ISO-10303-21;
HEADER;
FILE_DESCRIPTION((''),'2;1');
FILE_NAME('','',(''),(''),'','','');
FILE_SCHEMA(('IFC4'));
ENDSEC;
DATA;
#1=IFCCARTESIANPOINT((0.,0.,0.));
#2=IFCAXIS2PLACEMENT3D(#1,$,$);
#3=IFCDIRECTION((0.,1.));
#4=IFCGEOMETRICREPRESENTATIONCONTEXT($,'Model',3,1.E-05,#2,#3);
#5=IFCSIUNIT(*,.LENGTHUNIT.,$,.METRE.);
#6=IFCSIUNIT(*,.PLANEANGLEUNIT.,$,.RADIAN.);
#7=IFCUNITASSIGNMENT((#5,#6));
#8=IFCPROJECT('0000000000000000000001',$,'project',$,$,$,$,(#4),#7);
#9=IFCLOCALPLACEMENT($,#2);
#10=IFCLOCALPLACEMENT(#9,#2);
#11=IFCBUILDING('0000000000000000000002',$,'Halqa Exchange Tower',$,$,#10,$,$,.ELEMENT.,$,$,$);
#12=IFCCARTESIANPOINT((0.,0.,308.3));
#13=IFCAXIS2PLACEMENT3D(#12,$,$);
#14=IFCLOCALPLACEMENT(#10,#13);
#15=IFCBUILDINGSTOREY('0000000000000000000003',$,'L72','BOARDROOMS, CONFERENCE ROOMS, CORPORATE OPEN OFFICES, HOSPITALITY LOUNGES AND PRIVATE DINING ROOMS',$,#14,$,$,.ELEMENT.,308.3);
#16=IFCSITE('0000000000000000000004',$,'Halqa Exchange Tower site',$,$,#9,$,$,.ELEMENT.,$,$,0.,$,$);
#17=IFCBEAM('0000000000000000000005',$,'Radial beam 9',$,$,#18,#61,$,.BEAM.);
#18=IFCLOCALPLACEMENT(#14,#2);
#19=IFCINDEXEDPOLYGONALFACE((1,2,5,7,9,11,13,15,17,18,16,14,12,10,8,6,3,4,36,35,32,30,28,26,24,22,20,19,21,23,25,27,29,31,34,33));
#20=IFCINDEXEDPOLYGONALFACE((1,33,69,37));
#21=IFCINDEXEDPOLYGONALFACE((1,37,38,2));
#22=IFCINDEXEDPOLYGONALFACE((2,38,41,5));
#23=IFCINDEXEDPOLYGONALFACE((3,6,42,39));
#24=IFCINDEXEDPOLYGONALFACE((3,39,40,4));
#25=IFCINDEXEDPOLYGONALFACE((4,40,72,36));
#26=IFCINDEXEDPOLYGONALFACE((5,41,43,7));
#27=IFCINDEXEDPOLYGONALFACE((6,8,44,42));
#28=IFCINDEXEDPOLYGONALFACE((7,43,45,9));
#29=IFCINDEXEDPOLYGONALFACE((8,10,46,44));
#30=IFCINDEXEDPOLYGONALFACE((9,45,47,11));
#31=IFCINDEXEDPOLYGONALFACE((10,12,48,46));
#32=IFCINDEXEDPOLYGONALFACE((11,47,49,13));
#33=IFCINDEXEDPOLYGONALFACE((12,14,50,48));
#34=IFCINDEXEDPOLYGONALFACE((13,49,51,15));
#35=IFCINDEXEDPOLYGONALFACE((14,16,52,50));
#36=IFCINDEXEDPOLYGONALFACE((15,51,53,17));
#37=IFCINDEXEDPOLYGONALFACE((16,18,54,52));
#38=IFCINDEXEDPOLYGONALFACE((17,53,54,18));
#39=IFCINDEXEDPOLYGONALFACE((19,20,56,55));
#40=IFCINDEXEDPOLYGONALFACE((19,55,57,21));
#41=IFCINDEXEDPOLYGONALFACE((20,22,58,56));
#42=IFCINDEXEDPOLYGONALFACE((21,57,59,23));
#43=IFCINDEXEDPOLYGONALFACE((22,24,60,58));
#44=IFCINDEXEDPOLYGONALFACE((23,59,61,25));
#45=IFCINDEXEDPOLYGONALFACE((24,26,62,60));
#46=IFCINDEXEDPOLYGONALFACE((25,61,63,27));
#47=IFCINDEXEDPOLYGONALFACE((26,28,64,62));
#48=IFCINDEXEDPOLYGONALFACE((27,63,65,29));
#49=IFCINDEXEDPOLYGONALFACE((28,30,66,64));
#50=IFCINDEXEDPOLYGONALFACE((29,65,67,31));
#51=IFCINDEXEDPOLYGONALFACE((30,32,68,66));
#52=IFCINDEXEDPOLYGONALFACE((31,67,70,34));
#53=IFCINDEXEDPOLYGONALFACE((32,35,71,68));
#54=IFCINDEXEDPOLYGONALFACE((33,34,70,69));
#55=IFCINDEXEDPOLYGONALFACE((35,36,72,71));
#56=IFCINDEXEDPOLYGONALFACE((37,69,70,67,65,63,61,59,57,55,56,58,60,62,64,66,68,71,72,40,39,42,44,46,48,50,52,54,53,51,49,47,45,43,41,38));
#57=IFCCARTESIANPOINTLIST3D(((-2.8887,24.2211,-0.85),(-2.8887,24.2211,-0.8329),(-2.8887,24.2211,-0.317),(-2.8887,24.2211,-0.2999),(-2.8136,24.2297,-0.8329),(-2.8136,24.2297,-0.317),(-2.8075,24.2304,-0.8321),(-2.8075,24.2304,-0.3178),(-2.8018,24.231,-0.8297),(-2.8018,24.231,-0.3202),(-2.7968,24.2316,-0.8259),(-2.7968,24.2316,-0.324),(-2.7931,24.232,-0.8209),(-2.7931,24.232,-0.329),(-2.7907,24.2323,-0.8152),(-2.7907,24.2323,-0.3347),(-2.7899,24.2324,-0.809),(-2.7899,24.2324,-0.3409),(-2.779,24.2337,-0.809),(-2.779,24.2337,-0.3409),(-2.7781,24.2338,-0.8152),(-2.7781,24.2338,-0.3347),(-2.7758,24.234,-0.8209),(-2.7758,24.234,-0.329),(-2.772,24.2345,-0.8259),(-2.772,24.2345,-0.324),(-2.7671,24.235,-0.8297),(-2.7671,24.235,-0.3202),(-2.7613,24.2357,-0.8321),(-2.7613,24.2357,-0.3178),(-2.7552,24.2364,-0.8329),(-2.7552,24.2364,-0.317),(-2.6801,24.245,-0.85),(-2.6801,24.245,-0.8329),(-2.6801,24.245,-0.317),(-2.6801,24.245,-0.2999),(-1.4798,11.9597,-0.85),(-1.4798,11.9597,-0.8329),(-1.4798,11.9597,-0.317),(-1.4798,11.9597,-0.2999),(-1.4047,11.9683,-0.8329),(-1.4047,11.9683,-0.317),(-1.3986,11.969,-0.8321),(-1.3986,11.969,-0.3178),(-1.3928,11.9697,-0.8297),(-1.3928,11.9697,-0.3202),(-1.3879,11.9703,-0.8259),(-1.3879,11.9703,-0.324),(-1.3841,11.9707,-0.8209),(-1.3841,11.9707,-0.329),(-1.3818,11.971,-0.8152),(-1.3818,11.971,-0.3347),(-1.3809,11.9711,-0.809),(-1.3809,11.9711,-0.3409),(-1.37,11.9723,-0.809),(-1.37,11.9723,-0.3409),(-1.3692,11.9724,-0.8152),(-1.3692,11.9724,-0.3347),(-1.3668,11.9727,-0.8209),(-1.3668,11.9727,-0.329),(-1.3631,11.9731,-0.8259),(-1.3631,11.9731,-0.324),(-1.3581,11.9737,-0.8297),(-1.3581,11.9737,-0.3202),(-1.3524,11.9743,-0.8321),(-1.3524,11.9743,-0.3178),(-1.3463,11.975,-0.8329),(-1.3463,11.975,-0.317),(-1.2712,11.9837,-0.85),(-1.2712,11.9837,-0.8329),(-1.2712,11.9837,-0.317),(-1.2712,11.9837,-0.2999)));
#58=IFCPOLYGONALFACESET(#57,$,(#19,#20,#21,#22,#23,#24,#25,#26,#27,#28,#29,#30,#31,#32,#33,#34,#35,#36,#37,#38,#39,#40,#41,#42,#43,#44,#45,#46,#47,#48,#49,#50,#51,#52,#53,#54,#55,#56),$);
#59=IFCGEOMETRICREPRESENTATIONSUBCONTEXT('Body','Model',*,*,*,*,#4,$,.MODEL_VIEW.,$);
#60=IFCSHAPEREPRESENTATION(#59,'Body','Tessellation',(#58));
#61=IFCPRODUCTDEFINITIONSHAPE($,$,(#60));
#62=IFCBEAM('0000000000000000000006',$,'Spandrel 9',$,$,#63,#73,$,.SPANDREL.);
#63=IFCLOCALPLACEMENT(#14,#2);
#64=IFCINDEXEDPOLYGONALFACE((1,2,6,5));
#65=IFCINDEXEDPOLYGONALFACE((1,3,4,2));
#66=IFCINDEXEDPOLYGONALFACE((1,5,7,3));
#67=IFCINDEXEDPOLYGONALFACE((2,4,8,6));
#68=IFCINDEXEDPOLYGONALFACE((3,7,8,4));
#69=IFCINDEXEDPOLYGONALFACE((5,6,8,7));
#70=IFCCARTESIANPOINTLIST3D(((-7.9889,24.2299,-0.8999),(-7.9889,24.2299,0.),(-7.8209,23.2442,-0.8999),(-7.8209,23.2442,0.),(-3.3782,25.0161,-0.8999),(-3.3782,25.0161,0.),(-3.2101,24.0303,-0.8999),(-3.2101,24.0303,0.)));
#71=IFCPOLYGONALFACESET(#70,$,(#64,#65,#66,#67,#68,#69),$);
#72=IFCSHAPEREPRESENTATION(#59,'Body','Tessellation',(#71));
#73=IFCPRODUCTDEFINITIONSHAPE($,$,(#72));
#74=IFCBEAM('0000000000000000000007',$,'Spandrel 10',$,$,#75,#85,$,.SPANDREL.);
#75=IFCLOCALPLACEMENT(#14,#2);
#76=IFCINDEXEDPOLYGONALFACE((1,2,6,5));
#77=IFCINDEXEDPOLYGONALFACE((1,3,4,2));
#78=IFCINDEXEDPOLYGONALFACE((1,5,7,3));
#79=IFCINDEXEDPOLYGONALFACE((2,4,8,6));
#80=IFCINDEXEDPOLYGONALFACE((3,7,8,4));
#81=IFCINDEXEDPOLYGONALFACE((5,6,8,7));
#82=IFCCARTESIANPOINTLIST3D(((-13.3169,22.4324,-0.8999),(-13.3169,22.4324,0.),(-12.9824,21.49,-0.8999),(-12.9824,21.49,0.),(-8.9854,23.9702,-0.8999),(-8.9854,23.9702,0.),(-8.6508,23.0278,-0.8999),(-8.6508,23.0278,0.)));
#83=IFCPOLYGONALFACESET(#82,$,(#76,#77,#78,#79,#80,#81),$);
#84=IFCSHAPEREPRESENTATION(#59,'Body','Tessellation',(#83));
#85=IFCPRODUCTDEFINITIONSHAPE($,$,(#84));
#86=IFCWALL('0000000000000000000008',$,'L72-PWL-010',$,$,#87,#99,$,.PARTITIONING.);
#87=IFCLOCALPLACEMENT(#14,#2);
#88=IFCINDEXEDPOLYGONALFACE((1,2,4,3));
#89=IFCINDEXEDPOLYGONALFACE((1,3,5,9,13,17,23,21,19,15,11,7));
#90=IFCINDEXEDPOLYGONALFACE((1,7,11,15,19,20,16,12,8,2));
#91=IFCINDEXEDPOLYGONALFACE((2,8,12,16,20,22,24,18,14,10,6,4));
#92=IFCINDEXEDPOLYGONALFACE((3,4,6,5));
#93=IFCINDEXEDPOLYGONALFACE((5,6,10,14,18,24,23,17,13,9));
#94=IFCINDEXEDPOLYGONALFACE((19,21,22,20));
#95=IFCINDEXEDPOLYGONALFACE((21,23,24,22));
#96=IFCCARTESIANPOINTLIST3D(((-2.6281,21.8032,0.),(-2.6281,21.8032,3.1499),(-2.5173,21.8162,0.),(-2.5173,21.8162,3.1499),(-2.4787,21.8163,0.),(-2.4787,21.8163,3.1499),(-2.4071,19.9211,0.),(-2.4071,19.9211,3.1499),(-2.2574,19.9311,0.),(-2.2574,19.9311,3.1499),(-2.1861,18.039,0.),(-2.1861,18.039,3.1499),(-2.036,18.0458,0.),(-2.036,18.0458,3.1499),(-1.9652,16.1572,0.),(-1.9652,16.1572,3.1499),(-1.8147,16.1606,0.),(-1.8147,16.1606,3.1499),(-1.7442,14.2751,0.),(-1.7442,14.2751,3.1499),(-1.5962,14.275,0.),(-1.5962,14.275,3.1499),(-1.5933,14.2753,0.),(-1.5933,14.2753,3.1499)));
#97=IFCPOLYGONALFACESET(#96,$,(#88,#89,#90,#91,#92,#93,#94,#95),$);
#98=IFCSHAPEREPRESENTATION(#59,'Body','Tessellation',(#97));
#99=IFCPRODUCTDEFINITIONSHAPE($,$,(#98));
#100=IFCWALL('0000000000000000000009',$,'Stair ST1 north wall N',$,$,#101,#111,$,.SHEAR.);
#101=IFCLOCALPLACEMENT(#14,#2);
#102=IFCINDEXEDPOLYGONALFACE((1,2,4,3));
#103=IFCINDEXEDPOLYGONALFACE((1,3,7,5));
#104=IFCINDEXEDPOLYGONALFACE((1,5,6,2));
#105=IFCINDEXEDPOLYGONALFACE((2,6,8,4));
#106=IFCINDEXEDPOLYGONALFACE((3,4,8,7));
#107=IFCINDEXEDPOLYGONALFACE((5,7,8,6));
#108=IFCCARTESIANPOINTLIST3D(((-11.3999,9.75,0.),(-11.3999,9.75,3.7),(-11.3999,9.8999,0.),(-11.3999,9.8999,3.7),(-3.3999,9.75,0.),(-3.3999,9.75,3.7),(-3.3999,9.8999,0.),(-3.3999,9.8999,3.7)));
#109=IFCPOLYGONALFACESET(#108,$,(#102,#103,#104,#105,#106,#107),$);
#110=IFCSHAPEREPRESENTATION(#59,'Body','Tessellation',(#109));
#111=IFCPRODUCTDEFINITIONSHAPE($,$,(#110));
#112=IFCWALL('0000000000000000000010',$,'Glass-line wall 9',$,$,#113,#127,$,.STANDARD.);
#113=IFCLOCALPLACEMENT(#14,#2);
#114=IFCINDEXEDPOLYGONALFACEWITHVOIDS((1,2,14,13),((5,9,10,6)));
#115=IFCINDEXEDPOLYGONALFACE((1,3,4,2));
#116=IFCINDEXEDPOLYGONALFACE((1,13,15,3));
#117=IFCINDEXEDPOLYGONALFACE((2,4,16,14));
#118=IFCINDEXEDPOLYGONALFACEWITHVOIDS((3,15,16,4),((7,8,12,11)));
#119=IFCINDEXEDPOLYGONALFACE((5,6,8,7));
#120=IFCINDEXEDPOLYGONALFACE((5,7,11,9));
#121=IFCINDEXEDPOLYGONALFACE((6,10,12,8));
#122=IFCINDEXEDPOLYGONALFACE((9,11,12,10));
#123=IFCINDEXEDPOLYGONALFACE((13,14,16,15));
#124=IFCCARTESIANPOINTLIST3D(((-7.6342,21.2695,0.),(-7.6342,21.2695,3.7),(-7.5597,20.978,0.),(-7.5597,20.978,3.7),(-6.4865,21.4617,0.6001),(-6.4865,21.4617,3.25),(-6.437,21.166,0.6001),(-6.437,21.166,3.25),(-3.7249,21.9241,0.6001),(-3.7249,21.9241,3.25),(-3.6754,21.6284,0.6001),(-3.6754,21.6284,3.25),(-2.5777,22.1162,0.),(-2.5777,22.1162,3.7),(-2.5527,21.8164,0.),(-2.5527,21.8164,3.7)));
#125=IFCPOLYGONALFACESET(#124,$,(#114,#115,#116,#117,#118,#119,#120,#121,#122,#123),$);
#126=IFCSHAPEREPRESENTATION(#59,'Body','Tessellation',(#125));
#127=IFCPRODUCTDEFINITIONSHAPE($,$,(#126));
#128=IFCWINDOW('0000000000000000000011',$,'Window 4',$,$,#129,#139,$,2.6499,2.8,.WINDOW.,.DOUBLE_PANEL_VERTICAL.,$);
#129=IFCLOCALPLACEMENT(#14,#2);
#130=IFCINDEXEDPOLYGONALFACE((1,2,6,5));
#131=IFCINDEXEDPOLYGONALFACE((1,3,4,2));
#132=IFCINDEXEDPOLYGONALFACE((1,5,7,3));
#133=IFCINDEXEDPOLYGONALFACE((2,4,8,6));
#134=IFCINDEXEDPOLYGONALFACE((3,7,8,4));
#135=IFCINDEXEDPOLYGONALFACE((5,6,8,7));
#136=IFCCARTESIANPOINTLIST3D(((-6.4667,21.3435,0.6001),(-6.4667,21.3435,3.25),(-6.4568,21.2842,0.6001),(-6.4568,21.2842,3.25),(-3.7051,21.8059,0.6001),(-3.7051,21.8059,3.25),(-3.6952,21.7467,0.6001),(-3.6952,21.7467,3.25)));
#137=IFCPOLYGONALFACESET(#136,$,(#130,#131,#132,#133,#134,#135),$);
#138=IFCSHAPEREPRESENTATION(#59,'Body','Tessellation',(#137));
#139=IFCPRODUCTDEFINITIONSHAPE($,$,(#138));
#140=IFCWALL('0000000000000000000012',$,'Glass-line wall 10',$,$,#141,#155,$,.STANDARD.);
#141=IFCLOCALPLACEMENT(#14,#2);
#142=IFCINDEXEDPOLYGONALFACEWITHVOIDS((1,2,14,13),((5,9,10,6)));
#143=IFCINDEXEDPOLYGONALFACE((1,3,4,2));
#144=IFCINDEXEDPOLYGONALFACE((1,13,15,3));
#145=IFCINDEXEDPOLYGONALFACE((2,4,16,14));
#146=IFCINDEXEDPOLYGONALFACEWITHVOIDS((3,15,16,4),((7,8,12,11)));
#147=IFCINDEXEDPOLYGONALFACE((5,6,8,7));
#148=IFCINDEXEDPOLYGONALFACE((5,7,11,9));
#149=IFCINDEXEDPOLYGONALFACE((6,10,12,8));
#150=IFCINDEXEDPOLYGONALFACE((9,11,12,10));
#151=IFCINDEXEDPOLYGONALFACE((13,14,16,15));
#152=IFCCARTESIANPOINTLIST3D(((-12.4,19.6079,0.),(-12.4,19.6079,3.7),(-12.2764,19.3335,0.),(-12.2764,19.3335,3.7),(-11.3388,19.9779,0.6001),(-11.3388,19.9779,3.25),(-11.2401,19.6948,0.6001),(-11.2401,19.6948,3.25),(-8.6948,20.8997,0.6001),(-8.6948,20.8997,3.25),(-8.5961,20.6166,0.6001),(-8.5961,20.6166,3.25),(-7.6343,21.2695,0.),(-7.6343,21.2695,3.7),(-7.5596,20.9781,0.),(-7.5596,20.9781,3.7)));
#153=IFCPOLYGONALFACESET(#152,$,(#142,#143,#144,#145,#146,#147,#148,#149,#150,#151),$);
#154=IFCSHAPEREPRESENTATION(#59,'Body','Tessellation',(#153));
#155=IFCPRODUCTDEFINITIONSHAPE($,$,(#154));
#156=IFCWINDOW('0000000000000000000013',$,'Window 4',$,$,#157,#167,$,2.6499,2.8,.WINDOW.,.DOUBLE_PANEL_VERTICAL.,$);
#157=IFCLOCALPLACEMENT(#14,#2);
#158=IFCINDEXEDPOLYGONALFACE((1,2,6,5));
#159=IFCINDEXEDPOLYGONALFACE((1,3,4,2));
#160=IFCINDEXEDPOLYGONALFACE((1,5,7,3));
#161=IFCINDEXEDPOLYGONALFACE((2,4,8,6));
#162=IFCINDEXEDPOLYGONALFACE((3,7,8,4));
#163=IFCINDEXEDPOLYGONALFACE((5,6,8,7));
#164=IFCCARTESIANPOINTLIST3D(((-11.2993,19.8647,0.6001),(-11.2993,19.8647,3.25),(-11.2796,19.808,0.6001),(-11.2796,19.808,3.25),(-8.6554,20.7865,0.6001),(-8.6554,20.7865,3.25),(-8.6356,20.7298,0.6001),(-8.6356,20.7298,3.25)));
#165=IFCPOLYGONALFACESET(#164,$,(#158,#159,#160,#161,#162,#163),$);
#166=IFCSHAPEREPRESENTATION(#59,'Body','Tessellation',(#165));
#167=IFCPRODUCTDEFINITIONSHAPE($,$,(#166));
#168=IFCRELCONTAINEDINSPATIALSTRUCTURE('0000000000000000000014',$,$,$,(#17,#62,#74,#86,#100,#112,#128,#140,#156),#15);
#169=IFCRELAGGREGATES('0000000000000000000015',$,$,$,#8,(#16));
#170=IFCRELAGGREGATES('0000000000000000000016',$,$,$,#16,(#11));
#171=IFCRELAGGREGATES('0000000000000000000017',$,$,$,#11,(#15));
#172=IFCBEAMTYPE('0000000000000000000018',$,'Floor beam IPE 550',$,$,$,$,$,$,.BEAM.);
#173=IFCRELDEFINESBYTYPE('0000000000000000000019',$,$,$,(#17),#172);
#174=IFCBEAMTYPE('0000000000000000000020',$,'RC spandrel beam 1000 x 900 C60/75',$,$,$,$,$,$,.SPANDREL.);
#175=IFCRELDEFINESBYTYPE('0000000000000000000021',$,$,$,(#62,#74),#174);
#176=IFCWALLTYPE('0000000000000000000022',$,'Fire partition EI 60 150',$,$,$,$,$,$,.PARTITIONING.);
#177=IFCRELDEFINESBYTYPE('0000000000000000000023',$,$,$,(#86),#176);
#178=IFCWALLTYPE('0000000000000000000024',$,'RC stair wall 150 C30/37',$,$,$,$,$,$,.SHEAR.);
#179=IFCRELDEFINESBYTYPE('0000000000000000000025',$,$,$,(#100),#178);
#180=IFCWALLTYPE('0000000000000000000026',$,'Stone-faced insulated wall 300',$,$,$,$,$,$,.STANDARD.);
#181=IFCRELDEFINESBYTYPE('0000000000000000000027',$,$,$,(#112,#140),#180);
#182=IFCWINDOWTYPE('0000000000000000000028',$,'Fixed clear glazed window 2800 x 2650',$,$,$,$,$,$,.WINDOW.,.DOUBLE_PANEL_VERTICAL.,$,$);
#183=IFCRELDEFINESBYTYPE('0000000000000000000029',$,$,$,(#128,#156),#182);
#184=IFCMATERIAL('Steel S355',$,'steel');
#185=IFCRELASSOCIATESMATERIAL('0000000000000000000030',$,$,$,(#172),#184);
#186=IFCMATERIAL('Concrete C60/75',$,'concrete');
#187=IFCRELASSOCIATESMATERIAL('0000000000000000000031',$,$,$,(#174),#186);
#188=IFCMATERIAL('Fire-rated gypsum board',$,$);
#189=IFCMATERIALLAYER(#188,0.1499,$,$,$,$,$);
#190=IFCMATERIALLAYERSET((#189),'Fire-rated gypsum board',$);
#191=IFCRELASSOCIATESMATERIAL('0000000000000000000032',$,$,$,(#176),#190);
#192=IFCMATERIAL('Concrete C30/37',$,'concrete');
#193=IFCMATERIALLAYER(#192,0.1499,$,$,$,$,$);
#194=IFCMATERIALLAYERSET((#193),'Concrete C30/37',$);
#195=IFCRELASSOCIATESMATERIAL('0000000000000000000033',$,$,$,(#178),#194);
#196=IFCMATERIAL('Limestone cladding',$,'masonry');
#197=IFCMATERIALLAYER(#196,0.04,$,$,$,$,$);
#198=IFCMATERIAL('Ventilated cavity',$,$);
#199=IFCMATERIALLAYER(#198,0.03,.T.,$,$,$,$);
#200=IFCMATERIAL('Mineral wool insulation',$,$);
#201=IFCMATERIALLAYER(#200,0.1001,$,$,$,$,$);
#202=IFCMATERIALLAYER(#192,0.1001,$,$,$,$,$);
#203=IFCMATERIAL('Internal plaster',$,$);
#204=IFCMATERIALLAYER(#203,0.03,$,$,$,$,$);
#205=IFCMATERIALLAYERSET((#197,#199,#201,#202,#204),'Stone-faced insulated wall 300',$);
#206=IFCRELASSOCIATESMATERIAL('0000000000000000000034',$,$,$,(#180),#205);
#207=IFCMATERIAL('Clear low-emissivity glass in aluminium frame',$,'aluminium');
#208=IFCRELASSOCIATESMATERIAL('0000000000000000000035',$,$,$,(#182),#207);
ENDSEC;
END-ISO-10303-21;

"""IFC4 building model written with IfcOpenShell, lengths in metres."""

from ifc_helpers import new_model, si_unit, direction, frame, frame_2d, origin, origin_2d, place, context, subcontext, project, spatial, polyline, rectangle, i_section, outline, extrude, material, layer, layer_set, material_profile, profile_set, type_object, element, fill, save


model = new_model("IFC4")

# Units and contexts
model_context = context("Model", 3, precision=1e-05, world=origin(), true_north=direction((0.0, 1.0)))
body_context = subcontext(model_context, "Body", "Model", "MODEL_VIEW")
ifc_project = project(units=[si_unit("LENGTHUNIT", "METRE"), si_unit("PLANEANGLEUNIT", "RADIAN")], contexts=[model_context])

# Site, building, storey
site_placement = place(None, origin())
site = spatial("IfcSite", under=ifc_project, at=site_placement, Name="Halqa Exchange Tower site", CompositionType="ELEMENT", RefElevation=0.0)
building_placement = place(site_placement, origin())
building = spatial("IfcBuilding", under=site, at=building_placement, Name="Halqa Exchange Tower", CompositionType="ELEMENT")
storey_placement = place(building_placement, frame((0.0, 0.0, 308.3)))
storey = spatial("IfcBuildingStorey", under=building, at=storey_placement, Name="L72", Description="BOARDROOMS, CONFERENCE ROOMS, CORPORATE OPEN OFFICES, HOSPITALITY LOUNGES AND PRIVATE DINING ROOMS", CompositionType="ELEMENT", Elevation=308.3)

# Beams
ifc_material_1 = material(Name="Steel S355", Category="steel")
ifc_material_profile_1 = material_profile(ifc_material_1, i_section(OverallWidth=0.21, OverallDepth=0.55, WebThickness=0.011, FlangeThickness=0.0171, FilletRadius=0.0239, at=origin_2d()), Name="IPE 550")
ifc_profile_set_1 = profile_set([ifc_material_profile_1], Name="Steel S355")
beam_type_1 = type_object("IfcBeamType", Name="Floor beam IPE 550", PredefinedType="BEAM", material=ifc_profile_set_1)
beam_1_placement = place(storey_placement, frame((-1.3755, 11.9717, -0.575), z_axis=(-0.114156, 0.993463, 0.0), x_axis=(-0.993463, -0.114156, 0.0)))
element("IfcBeam", 1, at=beam_1_placement, inside=storey, type_object=beam_type_1, Name="Radial beam 9", PredefinedType="BEAM", context=body_context, shape_type="SweptSolid", body=[
    extrude(i_section(OverallWidth=0.21, OverallDepth=0.55, WebThickness=0.011, FlangeThickness=0.0171, FilletRadius=0.0239, at=origin_2d()), origin(), (0.0, 0.0, 1.0), 12.342),
])
ifc_material_2 = material(Name="Concrete C60/75", Category="concrete")
ifc_material_profile_2 = material_profile(ifc_material_2, rectangle(XDim=1.0, YDim=0.8999, at=origin_2d()), Name="1000 x 900")
ifc_profile_set_2 = profile_set([ifc_material_profile_2], Name="Concrete C60/75")
beam_type_2 = type_object("IfcBeamType", Name="RC spandrel beam 1000 x 900 C60/75", PredefinedType="SPANDREL", material=ifc_profile_set_2)
beam_2_placement = place(storey_placement, frame((-3.2942, 24.5232, -0.45), z_axis=(-0.985773, -0.16808, 0.0), x_axis=(0.16808, -0.985773, 0.0)))
element("IfcBeam", 2, at=beam_2_placement, inside=storey, type_object=beam_type_2, Name="Spandrel 9", PredefinedType="SPANDREL", context=body_context, shape_type="SweptSolid", body=[
    extrude(rectangle(XDim=1.0, YDim=0.8999, at=origin_2d()), origin(), (0.0, 0.0, 1.0), 4.6772),
])
beam_3_placement = place(storey_placement, frame((-8.8181, 23.499, -0.45), z_axis=(-0.94237, -0.334573, 0.0), x_axis=(0.334573, -0.94237, 0.0)))
element("IfcBeam", 3, at=beam_3_placement, inside=storey, type_object=beam_type_2, Name="Spandrel 10", PredefinedType="SPANDREL", context=body_context, shape_type="SweptSolid", body=[
    extrude(rectangle(XDim=1.0, YDim=0.8999, at=origin_2d()), origin(), (0.0, 0.0, 1.0), 4.5964),
])

# Walls
ifc_material_3 = material(Name="Fire-rated gypsum board")
ifc_layer_1 = layer(ifc_material_3, 0.1499)
ifc_layer_set_1 = layer_set([ifc_layer_1], Name="Fire-rated gypsum board")
wall_type_1 = type_object("IfcWallType", Name="Fire partition EI 60 150", PredefinedType="PARTITIONING", material=ifc_layer_set_1)
wall_1_placement = place(storey_placement, frame((-1.6677, 14.2666, 0.0), z_axis=(0.0, 0.0, 1.0), x_axis=(-0.116619, 0.993177, 0.0)))
element("IfcWall", 4, at=wall_1_placement, inside=storey, type_object=wall_type_1, Name="L72-PWL-010", PredefinedType="PARTITIONING", context=body_context, shape_type="SweptSolid", body=[
    extrude(outline(polyline([(0.0, -0.075), (1.8982, -0.075), (3.7964, -0.075), (5.6946, -0.075), (7.5928, -0.075), (7.5972, -0.0366), (7.5972, 0.075), (5.7021, 0.075), (3.8071, 0.075), (1.9124, 0.075), (0.0173, 0.075), (0.0, -0.072), (0.0, -0.075)])), origin(), (0.0, 0.0, 1.0), 3.1499),
])
ifc_material_4 = material(Name="Concrete C30/37", Category="concrete")
ifc_layer_2 = layer(ifc_material_4, 0.1499)
ifc_layer_set_2 = layer_set([ifc_layer_2], Name="Concrete C30/37")
wall_type_2 = type_object("IfcWallType", Name="RC stair wall 150 C30/37", PredefinedType="SHEAR", material=ifc_layer_set_2)
wall_2_placement = place(storey_placement, frame((-11.3999, 9.825, 0.0), z_axis=(0.0, 0.0, 1.0), x_axis=(1.0, 0.0, 0.0)))
element("IfcWall", 5, at=wall_2_placement, inside=storey, type_object=wall_type_2, Name="Stair ST1 north wall N", PredefinedType="SHEAR", context=body_context, shape_type="SweptSolid", body=[
    extrude(rectangle(XDim=8.0, YDim=0.1499, at=frame_2d((4.0, 0.0))), origin(), (0.0, 0.0, 1.0), 3.7),
])

# Walls, openings, windows
ifc_material_5 = material(Name="Limestone cladding", Category="masonry")
ifc_layer_3 = layer(ifc_material_5, 0.04)
ifc_material_6 = material(Name="Ventilated cavity")
ifc_layer_4 = layer(ifc_material_6, 0.03, ventilated=True)
ifc_material_7 = material(Name="Mineral wool insulation")
ifc_layer_5 = layer(ifc_material_7, 0.1001)
ifc_layer_6 = layer(ifc_material_4, 0.1001)
ifc_material_8 = material(Name="Internal plaster")
ifc_layer_7 = layer(ifc_material_8, 0.03)
ifc_layer_set_3 = layer_set([ifc_layer_3, ifc_layer_4, ifc_layer_5, ifc_layer_6, ifc_layer_7], Name="Stone-faced insulated wall 300")
wall_type_3 = type_object("IfcWallType", Name="Stone-faced insulated wall 300", PredefinedType="STANDARD", material=ifc_layer_set_3)
wall_3_placement = place(storey_placement, frame((-2.5652, 21.9663, 0.0), z_axis=(0.0, 0.0, 1.0), x_axis=(-0.986269, -0.165144, 0.0)))
wall_3 = element("IfcWall", 6, at=wall_3_placement, inside=storey, type_object=wall_type_3, Name="Glass-line wall 9", PredefinedType="STANDARD", context=body_context, shape_type="SweptSolid", body=[
    extrude(outline(polyline([(-0.0125, -0.1499), (5.1145, -0.1499), (5.0891, 0.1499), (0.0125, 0.1499), (-0.0125, -0.1499)])), origin(), (0.0, 0.0, 1.0), 3.7),
])
opening_1_placement = place(wall_3_placement, frame((1.1509, 0.0, 0.6001)))
opening_1 = element("IfcOpeningElement", 7, at=opening_1_placement, cuts=wall_3, PredefinedType="OPENING", context=body_context, shape_type="SweptSolid", body=[
    extrude(rectangle(XDim=2.8, YDim=2.6499, at=frame_2d((1.3999, 1.325))), frame((0.0, 0.1621, 0.0), z_axis=(0.0, -1.0, 0.0), x_axis=(1.0, 0.0, 0.0)), (0.0, 0.0, 1.0), 0.324),
])
ifc_material_9 = material(Name="Clear low-emissivity glass in aluminium frame", Category="aluminium")
window_type = type_object("IfcWindowType", Name="Fixed clear glazed window 2800 x 2650", PartitioningType="DOUBLE_PANEL_VERTICAL", PredefinedType="WINDOW", material=ifc_material_9)
window_1_placement = place(opening_1_placement, origin())
window_1 = element("IfcWindow", 8, at=window_1_placement, inside=storey, type_object=window_type, Name="Window 4", OverallHeight=2.6499, OverallWidth=2.8, PartitioningType="DOUBLE_PANEL_VERTICAL", PredefinedType="WINDOW", context=body_context, shape_type="SweptSolid", body=[
    extrude(rectangle(XDim=2.8, YDim=2.6499, at=frame_2d((1.3999, 1.325))), frame((0.0, 0.03, 0.0), z_axis=(0.0, -1.0, 0.0), x_axis=(1.0, 0.0, 0.0)), (0.0, 0.0, 1.0), 0.0601),
])
fill(opening_1, window_1)
wall_4_placement = place(storey_placement, frame((-7.5969, 21.1238, 0.0), z_axis=(0.0, 0.0, 1.0), x_axis=(-0.944252, -0.329224, 0.0)))
wall_4 = element("IfcWall", 9, at=wall_4_placement, inside=storey, type_object=wall_type_3, Name="Glass-line wall 10", PredefinedType="STANDARD", context=body_context, shape_type="SweptSolid", body=[
    extrude(outline(polyline([(-0.0127, -0.1499), (5.0344, -0.1499), (5.0081, 0.1499), (0.0127, 0.1499), (-0.0127, -0.1499)])), origin(), (0.0, 0.0, 1.0), 3.7),
])
opening_2_placement = place(wall_4_placement, frame((1.1106, 0.0, 0.6001)))
opening_2 = element("IfcOpeningElement", 10, at=opening_2_placement, cuts=wall_4, PredefinedType="OPENING", context=body_context, shape_type="SweptSolid", body=[
    extrude(rectangle(XDim=2.8, YDim=2.6499, at=frame_2d((1.3999, 1.325))), frame((0.0, 0.1621, 0.0), z_axis=(0.0, -1.0, 0.0), x_axis=(1.0, 0.0, 0.0)), (0.0, 0.0, 1.0), 0.324),
])
window_2_placement = place(opening_2_placement, origin())
window_2 = element("IfcWindow", 11, at=window_2_placement, inside=storey, type_object=window_type, Name="Window 4", OverallHeight=2.6499, OverallWidth=2.8, PartitioningType="DOUBLE_PANEL_VERTICAL", PredefinedType="WINDOW", context=body_context, shape_type="SweptSolid", body=[
    extrude(rectangle(XDim=2.8, YDim=2.6499, at=frame_2d((1.3999, 1.325))), frame((0.0, 0.03, 0.0), z_axis=(0.0, -1.0, 0.0), x_axis=(1.0, 0.0, 0.0)), (0.0, 0.0, 1.0), 0.0601),
])
fill(opening_2, window_2)

save(model, "model.ifc")
